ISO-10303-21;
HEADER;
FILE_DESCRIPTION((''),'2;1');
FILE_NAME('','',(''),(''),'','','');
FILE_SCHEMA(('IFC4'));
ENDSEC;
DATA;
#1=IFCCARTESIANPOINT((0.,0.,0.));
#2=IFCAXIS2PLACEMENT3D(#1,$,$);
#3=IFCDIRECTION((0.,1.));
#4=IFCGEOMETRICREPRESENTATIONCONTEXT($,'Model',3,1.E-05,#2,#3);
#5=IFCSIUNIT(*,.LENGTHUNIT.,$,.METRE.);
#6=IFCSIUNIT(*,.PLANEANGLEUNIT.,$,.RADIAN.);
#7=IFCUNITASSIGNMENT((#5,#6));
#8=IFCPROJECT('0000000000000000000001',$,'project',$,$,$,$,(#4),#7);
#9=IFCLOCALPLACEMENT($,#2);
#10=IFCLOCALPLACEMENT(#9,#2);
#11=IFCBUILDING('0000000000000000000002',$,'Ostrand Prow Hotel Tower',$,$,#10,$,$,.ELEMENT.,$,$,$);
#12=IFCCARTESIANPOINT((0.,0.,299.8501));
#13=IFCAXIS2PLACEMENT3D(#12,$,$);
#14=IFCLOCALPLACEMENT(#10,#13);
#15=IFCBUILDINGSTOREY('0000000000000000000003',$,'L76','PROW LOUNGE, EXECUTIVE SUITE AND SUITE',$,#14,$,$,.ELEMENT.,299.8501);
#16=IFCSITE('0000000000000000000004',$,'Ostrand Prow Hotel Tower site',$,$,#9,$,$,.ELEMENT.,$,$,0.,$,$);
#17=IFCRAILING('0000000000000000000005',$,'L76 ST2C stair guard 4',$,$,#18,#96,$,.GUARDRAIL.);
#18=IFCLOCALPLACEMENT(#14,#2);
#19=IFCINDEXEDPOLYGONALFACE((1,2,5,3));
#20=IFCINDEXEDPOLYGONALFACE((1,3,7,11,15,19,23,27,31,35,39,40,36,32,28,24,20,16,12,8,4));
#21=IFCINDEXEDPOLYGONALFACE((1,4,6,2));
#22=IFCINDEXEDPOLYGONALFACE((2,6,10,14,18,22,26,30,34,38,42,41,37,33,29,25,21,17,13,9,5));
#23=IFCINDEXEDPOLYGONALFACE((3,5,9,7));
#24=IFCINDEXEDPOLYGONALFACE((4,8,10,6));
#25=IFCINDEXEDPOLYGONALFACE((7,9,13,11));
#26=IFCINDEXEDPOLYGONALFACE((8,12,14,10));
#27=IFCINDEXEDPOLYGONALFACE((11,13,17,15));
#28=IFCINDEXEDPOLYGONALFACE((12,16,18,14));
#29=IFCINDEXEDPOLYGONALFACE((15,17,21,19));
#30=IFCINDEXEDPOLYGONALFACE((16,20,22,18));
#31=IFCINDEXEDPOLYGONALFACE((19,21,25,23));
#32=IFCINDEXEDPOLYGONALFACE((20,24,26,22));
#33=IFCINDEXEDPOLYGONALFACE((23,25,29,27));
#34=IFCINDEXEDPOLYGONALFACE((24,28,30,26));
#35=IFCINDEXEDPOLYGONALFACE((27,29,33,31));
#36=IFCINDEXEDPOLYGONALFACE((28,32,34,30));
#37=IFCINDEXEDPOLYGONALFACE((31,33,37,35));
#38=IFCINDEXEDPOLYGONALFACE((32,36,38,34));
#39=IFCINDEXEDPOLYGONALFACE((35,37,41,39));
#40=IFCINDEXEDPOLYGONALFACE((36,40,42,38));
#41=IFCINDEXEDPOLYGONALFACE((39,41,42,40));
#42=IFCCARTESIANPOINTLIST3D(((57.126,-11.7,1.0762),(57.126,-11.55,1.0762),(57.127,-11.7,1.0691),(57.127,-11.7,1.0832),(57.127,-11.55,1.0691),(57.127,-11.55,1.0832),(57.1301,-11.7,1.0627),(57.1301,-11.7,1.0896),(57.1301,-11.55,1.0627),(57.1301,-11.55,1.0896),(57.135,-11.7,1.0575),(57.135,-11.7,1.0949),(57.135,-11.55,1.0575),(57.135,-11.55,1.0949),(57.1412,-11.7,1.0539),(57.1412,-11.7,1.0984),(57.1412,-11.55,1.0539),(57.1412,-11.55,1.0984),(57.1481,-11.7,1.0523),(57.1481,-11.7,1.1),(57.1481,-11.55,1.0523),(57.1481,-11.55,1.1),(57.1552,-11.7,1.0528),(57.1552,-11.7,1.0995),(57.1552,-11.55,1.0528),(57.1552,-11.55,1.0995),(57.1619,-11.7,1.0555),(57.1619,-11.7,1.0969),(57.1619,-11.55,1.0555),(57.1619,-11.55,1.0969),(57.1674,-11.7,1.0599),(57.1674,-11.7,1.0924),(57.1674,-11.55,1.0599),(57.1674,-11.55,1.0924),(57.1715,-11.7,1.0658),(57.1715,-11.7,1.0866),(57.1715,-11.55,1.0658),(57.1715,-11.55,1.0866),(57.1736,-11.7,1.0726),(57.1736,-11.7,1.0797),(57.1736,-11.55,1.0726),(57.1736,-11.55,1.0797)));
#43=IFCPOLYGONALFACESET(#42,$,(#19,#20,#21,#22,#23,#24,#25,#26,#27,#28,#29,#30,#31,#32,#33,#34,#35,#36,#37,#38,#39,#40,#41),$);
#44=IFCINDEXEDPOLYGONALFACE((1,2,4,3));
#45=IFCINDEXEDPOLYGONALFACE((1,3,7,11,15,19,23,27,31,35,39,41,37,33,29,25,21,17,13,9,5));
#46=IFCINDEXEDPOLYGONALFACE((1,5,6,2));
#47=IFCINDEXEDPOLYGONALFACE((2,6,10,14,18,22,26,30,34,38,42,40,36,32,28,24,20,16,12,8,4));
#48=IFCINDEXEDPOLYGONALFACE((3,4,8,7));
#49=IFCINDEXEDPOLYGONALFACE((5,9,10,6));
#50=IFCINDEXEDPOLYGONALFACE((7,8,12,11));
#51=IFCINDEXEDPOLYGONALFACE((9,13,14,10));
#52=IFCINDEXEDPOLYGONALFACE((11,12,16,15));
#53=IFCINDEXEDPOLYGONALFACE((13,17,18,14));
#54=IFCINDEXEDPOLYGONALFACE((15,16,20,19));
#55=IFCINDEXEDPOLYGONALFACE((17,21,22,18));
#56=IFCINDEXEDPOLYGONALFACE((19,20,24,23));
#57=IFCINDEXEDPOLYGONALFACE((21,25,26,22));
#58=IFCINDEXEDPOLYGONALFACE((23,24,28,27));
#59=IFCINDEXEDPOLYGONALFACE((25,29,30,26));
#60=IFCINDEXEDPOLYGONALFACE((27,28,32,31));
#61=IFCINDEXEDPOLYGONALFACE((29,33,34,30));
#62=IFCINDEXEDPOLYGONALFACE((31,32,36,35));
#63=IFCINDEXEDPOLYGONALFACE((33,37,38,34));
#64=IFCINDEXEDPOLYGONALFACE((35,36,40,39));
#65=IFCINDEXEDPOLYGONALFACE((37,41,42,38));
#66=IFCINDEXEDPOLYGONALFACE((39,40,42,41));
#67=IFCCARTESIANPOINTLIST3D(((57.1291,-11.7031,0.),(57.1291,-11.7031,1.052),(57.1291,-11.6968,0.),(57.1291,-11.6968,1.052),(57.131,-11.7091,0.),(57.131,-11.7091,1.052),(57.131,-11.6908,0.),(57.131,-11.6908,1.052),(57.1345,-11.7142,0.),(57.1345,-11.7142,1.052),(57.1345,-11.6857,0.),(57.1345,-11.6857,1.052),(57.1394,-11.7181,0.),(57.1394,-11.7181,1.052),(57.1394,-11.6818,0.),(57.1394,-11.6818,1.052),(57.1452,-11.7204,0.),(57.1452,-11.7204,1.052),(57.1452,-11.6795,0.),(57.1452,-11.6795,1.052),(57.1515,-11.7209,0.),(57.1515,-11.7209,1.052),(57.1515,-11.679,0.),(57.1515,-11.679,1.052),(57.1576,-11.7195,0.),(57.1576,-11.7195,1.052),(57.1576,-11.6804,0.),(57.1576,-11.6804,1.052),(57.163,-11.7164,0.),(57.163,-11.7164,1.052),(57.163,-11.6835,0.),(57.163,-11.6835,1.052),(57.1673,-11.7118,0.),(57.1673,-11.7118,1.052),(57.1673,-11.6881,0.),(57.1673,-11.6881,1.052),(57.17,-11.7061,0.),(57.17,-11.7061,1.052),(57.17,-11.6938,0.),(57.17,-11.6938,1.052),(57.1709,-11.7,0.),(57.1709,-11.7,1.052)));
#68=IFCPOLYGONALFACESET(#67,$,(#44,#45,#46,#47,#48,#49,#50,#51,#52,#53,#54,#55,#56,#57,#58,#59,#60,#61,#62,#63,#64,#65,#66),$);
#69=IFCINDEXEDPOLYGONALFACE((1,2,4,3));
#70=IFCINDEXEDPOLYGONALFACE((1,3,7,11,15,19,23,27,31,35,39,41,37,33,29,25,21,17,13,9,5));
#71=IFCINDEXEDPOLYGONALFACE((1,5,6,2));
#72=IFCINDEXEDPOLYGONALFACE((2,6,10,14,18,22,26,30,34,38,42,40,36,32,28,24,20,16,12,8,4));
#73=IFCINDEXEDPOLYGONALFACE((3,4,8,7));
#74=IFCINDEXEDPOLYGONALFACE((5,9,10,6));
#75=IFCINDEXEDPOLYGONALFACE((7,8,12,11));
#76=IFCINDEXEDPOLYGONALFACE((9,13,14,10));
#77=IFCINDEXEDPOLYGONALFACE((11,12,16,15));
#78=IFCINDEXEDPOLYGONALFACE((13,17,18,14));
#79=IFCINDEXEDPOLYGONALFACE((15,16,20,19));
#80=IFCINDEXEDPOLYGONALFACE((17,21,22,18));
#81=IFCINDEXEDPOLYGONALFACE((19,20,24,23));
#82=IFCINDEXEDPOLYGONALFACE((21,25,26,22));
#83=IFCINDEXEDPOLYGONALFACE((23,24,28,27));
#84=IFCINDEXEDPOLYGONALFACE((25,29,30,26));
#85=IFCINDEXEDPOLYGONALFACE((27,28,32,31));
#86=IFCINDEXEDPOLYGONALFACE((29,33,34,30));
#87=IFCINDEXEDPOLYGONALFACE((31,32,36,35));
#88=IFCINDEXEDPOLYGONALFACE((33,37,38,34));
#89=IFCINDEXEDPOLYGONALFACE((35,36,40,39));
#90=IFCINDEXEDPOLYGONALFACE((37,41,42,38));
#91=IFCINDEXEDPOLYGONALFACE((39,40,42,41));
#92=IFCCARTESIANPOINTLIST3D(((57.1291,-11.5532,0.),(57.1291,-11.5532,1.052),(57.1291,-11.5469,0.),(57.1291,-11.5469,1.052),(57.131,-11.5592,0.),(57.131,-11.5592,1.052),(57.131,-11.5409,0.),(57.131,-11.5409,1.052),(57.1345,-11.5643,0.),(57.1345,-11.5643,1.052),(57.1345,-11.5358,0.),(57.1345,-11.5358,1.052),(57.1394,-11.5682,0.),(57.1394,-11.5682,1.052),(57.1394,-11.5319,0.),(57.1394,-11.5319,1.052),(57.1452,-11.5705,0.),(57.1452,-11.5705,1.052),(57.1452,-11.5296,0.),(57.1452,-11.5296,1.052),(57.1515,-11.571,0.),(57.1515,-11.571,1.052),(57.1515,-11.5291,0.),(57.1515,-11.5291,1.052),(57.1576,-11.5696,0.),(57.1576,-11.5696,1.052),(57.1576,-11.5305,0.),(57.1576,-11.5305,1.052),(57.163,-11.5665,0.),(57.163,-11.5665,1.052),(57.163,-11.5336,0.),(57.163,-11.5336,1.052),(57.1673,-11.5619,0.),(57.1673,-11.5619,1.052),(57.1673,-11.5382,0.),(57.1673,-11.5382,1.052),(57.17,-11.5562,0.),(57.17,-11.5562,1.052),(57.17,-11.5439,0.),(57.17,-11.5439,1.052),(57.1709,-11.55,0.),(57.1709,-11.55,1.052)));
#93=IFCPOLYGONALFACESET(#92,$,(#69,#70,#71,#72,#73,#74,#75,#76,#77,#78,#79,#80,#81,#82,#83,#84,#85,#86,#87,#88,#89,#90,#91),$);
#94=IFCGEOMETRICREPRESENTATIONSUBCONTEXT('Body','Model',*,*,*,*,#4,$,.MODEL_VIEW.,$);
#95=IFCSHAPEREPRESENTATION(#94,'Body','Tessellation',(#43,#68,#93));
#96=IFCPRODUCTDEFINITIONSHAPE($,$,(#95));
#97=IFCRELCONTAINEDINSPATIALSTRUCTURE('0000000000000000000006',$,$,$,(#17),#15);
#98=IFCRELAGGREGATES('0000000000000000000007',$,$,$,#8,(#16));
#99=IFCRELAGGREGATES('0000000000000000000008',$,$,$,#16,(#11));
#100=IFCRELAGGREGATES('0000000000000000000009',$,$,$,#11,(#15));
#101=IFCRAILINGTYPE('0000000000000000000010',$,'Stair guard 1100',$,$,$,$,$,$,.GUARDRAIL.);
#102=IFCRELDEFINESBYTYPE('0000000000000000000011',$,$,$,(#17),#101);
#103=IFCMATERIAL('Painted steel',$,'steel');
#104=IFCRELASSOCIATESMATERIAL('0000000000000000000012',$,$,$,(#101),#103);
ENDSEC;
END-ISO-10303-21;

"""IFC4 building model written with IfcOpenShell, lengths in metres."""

from ifc_helpers import new_model, si_unit, direction, frame, origin, origin_2d, place, context, subcontext, project, spatial, circle, extrude, material, type_object, element, save


model = new_model("IFC4")

# Units and contexts
model_context = context("Model", 3, precision=1e-05, world=origin(), true_north=direction((0.0, 1.0)))
body_context = subcontext(model_context, "Body", "Model", "MODEL_VIEW")
ifc_project = project(units=[si_unit("LENGTHUNIT", "METRE"), si_unit("PLANEANGLEUNIT", "RADIAN")], contexts=[model_context])

# Site, building, storey
site_placement = place(None, origin())
site = spatial("IfcSite", under=ifc_project, at=site_placement, Name="Ostrand Prow Hotel Tower site", CompositionType="ELEMENT", RefElevation=0.0)
building_placement = place(site_placement, origin())
building = spatial("IfcBuilding", under=site, at=building_placement, Name="Ostrand Prow Hotel Tower", CompositionType="ELEMENT")
storey_placement = place(building_placement, frame((0.0, 0.0, 299.8501)))
storey = spatial("IfcBuildingStorey", under=building, at=storey_placement, Name="L76", Description="PROW LOUNGE, EXECUTIVE SUITE AND SUITE", CompositionType="ELEMENT", Elevation=299.8501)

# Railing
ifc_material_1 = material(Name="Painted steel", Category="steel")
railing_type_1 = type_object("IfcRailingType", Name="Stair guard 1100", PredefinedType="GUARDRAIL", material=ifc_material_1)
railing_1_placement = place(storey_placement, frame((57.1499, -11.7, 0.0)))
element("IfcRailing", 1, at=railing_1_placement, inside=storey, type_object=railing_type_1, Name="L76 ST2C stair guard 4", PredefinedType="GUARDRAIL", context=body_context, shape_type="SweptSolid", body=[
    extrude(circle(Radius=0.0239, at=origin_2d()), frame((0.0, 0.0, 1.0762), z_axis=(0.0, 1.0, 0.0), x_axis=(-1.0, 0.0, 0.0)), (0.0, 0.0, 1.0), 0.1499),
    extrude(circle(Radius=0.021, at=origin_2d()), origin(), (0.0, 0.0, 1.0), 1.052),
    extrude(circle(Radius=0.021, at=origin_2d()), frame((0.0, 0.1499, 0.0)), (0.0, 0.0, 1.0), 1.052),
])

save(model, "model.ifc")
